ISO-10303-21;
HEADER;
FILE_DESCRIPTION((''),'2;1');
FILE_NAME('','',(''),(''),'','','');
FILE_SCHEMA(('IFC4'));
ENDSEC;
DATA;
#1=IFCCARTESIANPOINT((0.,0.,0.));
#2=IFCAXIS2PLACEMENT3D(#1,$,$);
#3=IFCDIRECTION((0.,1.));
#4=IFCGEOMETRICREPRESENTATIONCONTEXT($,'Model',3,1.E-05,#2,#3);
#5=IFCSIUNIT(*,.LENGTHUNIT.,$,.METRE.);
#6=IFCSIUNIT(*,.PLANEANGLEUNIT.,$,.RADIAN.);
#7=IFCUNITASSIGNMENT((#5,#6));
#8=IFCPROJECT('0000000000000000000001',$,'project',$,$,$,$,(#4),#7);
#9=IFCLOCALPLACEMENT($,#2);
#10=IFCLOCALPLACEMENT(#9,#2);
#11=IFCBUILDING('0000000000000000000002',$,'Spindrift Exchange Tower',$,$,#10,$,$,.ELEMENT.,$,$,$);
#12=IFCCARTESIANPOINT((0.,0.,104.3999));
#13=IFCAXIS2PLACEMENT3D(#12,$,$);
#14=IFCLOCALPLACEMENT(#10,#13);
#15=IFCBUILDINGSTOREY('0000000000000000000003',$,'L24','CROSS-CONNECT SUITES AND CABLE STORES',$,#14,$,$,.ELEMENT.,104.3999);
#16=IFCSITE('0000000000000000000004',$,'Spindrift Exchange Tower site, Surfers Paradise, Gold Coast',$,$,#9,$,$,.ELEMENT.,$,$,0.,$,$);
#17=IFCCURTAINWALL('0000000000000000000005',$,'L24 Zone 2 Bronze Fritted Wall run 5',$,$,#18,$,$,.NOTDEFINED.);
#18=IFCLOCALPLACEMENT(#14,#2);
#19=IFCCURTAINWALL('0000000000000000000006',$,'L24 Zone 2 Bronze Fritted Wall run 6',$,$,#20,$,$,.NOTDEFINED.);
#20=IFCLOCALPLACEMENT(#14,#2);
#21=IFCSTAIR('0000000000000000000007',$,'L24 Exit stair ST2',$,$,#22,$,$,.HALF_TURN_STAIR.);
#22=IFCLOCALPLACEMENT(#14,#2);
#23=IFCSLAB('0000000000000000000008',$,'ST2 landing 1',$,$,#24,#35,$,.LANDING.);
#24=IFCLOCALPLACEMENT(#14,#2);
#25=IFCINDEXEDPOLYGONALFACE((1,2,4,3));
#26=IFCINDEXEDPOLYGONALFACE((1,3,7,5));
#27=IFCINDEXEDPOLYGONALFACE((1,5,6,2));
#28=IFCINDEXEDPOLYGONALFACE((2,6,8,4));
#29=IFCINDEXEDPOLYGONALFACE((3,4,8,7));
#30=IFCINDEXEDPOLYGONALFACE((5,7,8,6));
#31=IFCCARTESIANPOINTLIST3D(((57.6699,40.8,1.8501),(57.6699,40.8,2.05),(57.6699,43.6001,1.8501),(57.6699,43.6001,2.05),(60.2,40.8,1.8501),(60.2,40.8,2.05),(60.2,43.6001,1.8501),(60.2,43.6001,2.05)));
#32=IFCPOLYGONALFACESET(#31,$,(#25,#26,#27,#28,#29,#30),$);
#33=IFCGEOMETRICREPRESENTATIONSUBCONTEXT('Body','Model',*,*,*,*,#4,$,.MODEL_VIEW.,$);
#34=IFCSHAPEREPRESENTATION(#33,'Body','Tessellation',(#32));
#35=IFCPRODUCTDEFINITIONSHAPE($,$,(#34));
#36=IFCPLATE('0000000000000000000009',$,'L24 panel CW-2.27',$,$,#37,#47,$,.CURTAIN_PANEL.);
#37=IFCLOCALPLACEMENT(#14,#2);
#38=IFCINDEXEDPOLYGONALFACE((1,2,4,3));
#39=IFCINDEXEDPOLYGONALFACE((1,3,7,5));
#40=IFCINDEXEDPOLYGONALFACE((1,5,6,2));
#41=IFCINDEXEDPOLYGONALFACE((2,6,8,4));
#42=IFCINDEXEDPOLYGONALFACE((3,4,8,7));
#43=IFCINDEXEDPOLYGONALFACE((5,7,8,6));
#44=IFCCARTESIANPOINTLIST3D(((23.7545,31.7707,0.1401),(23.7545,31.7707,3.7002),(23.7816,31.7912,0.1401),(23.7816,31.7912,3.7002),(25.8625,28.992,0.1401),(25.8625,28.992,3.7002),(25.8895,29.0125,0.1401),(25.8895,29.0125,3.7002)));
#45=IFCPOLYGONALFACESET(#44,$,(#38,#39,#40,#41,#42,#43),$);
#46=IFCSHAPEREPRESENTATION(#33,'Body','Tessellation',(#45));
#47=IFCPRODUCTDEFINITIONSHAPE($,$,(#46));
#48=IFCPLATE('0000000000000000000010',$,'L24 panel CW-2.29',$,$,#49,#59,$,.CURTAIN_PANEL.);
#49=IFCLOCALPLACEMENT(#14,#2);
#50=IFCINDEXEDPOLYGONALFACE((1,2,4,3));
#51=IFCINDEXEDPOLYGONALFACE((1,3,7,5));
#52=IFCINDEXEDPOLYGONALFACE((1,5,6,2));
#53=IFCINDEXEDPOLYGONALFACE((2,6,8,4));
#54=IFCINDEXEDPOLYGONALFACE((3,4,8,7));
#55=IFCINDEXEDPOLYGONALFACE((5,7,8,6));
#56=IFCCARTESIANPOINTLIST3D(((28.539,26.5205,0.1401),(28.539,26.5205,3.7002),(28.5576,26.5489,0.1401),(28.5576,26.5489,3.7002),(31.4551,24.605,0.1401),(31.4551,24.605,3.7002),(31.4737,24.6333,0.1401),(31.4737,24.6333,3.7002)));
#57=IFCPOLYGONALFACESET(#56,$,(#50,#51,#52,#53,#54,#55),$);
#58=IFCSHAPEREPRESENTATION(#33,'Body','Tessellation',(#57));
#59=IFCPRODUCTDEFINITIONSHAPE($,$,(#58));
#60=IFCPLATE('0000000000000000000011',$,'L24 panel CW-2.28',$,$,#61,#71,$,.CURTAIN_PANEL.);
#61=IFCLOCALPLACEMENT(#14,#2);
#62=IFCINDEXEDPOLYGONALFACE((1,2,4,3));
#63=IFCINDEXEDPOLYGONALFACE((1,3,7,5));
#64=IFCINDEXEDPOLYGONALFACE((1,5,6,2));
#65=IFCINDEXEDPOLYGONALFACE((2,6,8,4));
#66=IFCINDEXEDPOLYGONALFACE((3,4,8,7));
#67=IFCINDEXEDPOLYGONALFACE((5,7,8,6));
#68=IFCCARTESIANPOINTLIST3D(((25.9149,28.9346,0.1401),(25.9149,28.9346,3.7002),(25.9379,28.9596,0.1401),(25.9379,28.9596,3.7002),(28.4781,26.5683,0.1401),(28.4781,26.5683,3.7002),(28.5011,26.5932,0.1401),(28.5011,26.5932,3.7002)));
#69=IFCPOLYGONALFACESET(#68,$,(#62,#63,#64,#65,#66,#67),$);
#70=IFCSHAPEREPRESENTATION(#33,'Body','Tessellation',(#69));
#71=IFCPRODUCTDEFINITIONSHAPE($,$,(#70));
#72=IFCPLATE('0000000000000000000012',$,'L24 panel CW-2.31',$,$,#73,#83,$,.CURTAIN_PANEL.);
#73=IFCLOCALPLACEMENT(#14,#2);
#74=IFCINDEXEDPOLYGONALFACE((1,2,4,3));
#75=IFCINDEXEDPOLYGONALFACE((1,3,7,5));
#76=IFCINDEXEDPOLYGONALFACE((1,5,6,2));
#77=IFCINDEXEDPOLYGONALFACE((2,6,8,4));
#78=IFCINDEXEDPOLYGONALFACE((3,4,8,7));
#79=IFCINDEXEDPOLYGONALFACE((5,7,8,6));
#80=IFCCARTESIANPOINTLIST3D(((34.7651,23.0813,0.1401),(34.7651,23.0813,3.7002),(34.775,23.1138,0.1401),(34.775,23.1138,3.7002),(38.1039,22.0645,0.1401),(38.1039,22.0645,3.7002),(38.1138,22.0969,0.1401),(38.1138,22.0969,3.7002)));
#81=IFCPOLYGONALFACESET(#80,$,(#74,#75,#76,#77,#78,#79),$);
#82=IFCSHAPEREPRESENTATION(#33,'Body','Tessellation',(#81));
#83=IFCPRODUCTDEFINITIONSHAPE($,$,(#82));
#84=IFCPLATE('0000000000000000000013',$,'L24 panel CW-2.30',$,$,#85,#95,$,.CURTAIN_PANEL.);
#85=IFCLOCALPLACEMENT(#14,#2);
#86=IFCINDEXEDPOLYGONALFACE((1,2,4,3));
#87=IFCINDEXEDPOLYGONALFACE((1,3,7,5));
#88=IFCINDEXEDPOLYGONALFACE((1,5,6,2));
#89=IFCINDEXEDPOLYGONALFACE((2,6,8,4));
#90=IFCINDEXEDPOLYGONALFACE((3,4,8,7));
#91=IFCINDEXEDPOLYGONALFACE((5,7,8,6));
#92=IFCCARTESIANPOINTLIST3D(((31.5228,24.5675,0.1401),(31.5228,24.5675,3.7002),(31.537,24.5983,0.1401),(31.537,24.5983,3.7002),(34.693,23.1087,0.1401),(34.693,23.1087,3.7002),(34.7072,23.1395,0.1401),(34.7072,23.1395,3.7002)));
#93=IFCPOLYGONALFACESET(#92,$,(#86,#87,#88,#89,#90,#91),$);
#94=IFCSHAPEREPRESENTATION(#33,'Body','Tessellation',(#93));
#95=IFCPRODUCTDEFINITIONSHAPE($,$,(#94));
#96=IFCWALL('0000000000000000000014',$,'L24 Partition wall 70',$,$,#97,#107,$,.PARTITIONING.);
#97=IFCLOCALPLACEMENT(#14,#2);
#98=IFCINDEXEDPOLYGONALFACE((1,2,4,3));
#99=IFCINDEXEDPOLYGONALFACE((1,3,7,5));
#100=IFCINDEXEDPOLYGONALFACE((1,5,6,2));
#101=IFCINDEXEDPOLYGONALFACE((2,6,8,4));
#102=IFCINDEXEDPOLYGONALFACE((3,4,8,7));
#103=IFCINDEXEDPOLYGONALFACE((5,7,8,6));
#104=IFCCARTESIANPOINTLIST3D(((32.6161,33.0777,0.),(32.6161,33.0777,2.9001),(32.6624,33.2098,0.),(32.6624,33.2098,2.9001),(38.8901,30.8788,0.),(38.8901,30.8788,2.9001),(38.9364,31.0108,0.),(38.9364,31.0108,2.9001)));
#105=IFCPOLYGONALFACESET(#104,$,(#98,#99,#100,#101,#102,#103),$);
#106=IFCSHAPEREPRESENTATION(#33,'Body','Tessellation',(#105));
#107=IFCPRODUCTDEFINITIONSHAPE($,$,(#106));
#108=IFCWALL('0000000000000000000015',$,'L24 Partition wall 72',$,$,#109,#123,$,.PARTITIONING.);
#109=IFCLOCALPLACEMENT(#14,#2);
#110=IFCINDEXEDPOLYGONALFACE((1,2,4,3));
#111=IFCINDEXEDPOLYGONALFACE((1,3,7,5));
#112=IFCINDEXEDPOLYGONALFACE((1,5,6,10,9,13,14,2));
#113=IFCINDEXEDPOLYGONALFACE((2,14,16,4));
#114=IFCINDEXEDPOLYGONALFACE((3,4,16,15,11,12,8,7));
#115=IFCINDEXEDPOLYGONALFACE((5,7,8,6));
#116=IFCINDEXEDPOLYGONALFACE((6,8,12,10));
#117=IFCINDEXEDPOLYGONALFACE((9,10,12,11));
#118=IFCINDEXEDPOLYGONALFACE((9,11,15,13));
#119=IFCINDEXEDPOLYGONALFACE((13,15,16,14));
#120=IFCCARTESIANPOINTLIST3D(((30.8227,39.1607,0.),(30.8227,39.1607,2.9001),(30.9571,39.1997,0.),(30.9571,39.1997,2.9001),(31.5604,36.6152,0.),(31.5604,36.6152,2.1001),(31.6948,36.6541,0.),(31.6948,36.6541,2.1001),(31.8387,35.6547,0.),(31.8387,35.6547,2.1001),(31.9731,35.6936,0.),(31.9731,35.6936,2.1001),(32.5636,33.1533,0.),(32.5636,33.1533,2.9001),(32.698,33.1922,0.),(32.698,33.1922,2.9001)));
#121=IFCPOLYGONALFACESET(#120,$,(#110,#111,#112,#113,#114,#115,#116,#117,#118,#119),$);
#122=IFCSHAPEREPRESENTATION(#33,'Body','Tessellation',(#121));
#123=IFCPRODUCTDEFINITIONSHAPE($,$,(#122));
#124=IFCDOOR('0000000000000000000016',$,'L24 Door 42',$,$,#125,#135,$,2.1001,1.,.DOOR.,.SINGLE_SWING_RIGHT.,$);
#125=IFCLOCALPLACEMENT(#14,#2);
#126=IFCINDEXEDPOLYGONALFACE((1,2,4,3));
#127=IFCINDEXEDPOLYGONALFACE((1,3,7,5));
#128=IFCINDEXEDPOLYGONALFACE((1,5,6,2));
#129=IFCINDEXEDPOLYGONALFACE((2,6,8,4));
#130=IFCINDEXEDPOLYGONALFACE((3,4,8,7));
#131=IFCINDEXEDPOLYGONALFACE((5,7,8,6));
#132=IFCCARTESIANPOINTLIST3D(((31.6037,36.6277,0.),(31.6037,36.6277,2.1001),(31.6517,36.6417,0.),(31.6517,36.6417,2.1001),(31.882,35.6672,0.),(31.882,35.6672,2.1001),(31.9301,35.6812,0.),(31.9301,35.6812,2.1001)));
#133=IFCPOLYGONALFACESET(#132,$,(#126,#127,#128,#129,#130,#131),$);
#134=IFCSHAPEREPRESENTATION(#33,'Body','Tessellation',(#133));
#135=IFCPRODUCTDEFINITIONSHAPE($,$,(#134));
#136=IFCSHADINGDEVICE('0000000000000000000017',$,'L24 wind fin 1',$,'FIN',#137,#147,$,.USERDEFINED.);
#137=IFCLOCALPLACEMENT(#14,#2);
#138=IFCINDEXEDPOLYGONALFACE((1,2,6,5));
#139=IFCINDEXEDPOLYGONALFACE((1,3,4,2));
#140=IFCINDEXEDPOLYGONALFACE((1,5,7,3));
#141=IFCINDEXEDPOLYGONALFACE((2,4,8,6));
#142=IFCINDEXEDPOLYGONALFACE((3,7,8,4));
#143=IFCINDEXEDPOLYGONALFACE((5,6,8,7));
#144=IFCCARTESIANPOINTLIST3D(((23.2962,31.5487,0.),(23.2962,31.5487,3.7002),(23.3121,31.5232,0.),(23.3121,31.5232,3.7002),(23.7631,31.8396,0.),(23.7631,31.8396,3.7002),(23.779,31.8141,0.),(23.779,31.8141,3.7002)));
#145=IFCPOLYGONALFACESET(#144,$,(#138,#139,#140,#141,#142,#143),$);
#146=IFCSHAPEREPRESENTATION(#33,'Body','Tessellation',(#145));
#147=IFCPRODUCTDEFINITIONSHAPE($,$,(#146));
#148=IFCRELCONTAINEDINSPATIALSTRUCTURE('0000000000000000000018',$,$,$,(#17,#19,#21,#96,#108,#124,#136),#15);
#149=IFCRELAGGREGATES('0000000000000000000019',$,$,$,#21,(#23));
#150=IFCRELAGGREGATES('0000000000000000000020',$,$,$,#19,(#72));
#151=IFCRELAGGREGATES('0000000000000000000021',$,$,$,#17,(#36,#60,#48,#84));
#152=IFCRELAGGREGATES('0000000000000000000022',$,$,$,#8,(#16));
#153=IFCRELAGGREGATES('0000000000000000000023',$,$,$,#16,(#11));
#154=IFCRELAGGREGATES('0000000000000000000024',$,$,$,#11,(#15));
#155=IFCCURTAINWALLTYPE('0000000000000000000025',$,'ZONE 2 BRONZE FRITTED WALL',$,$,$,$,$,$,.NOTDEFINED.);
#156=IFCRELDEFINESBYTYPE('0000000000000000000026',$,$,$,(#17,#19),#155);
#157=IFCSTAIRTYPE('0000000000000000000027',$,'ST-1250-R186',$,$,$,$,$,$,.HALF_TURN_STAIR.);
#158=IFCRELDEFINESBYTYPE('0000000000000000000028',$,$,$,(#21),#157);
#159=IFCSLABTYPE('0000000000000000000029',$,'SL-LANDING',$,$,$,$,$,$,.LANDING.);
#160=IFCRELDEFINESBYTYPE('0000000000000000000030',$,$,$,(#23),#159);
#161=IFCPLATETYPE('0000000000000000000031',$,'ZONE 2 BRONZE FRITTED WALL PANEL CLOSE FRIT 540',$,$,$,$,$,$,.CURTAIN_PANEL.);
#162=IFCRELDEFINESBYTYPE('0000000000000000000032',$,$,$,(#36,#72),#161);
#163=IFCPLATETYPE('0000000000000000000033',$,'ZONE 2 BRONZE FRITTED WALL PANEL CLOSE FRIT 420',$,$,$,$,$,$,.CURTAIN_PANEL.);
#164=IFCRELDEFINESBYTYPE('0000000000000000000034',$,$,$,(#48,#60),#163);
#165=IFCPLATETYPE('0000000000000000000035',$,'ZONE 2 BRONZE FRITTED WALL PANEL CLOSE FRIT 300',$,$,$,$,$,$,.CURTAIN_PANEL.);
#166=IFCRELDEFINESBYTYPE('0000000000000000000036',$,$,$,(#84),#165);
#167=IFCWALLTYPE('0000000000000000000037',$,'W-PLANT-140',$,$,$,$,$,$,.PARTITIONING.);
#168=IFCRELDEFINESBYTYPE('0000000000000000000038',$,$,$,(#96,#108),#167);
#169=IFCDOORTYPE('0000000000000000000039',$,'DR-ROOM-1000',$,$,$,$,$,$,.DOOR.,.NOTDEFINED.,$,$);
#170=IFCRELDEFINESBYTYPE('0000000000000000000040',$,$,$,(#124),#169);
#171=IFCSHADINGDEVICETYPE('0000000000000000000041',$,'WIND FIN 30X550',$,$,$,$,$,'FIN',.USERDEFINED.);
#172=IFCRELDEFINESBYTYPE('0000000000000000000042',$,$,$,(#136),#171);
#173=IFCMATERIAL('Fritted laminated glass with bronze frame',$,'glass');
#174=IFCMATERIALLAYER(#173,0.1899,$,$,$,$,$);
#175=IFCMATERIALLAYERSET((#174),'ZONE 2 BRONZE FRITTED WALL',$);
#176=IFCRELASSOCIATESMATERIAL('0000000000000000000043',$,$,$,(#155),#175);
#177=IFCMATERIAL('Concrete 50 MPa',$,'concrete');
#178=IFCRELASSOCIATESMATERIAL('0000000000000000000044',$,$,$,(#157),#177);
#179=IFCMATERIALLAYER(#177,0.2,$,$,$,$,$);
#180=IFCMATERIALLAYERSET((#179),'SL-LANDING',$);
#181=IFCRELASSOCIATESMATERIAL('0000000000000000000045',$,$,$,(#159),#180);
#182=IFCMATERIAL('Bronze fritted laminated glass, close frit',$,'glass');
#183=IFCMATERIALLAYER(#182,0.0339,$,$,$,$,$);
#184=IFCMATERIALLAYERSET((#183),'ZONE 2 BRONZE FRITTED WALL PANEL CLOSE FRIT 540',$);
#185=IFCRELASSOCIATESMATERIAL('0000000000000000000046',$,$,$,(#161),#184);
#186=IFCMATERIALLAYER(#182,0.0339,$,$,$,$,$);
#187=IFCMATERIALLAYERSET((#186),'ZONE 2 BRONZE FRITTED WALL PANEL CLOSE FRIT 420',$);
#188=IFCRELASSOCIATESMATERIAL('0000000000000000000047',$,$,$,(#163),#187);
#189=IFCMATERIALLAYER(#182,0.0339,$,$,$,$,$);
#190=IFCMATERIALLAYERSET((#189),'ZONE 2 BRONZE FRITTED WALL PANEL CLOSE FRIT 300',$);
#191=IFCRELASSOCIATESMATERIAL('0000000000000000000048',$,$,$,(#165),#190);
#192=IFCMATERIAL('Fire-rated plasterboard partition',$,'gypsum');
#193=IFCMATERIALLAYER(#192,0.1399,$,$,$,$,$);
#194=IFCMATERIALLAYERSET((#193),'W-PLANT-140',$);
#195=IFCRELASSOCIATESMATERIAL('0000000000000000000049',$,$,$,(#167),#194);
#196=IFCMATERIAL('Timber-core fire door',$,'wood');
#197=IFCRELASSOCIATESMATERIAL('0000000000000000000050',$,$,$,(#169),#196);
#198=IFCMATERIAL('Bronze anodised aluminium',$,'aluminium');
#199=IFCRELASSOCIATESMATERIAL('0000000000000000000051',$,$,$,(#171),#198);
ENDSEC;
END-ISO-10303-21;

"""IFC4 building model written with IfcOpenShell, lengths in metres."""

from ifc_helpers import new_model, si_unit, direction, frame, frame_2d, origin, origin_2d, place, context, subcontext, project, spatial, line, indexed_curve, rectangle, outline, extrude, source, transform, mapped, material, layer, layer_set, material_profile, profile_set, type_object, element, fill, aggregate, save


model = new_model("IFC4")

# Units and contexts
model_context = context("Model", 3, precision=1e-05, world=origin(), true_north=direction((0.0, 1.0)))
body_context = subcontext(model_context, "Body", "Model", "MODEL_VIEW")
ifc_project = project(units=[si_unit("LENGTHUNIT", "METRE"), si_unit("PLANEANGLEUNIT", "RADIAN")], contexts=[model_context])

# Site, building, storey
site_placement = place(None, origin())
site = spatial("IfcSite", under=ifc_project, at=site_placement, Name="Spindrift Exchange Tower site, Surfers Paradise, Gold Coast", CompositionType="ELEMENT", RefElevation=0.0)
building_placement = place(site_placement, origin())
building = spatial("IfcBuilding", under=site, at=building_placement, Name="Spindrift Exchange Tower", CompositionType="ELEMENT")
storey_placement = place(building_placement, frame((0.0, 0.0, 104.3999)))
storey = spatial("IfcBuildingStorey", under=building, at=storey_placement, Name="L24", Description="CROSS-CONNECT SUITES AND CABLE STORES", CompositionType="ELEMENT", Elevation=104.3999)

# Curtain walls
ifc_material_1 = material(Name="Fritted laminated glass with bronze frame", Category="glass")
ifc_layer_1 = layer(ifc_material_1, 0.1899)
ifc_layer_set_1 = layer_set([ifc_layer_1], Name="ZONE 2 BRONZE FRITTED WALL")
curtain_wall_type = type_object("IfcCurtainWallType", Name="ZONE 2 BRONZE FRITTED WALL", PredefinedType="NOTDEFINED", material=ifc_layer_set_1)
curtain_wall_1_placement = place(storey_placement, origin())
curtain_wall_1 = element("IfcCurtainWall", 1, at=curtain_wall_1_placement, inside=storey, type_object=curtain_wall_type, Name="L24 Zone 2 Bronze Fritted Wall run 5", PredefinedType="NOTDEFINED")
ifc_material_2 = material(Name="Bronze anodised aluminium", Category="aluminium")
curtain_wall_2_placement = place(storey_placement, origin())
curtain_wall_2 = element("IfcCurtainWall", 2, at=curtain_wall_2_placement, inside=storey, type_object=curtain_wall_type, Name="L24 Zone 2 Bronze Fritted Wall run 6", PredefinedType="NOTDEFINED")

# Shared definitions
ifc_material_3 = material(Name="Concrete 50 MPa", Category="concrete")

# Stair, slab
stair_type = type_object("IfcStairType", Name="ST-1250-R186", PredefinedType="HALF_TURN_STAIR", material=ifc_material_3)
ifc_layer_2 = layer(ifc_material_3, 0.2)
ifc_layer_set_2 = layer_set([ifc_layer_2], Name="SL-LANDING")
slab_type_1 = type_object("IfcSlabType", Name="SL-LANDING", PredefinedType="LANDING", material=ifc_layer_set_2)
stair_1_placement = place(storey_placement, origin())
stair_1 = element("IfcStair", 3, at=stair_1_placement, inside=storey, type_object=stair_type, Name="L24 Exit stair ST2", PredefinedType="HALF_TURN_STAIR")
slab_1_placement = place(storey_placement, frame((0.0, 0.0, 1.8501)))
slab_1 = element("IfcSlab", 4, at=slab_1_placement, type_object=slab_type_1, Name="ST2 landing 1", PredefinedType="LANDING", context=body_context, shape_type="SweptSolid", body=[
    extrude(outline(indexed_curve([(57.6699, 43.6001), (60.2, 43.6001), (60.2, 40.8), (57.6699, 40.8)], segments=[line(1, 2, 3, 4, 1)], self_intersect=False)), origin(), (0.0, 0.0, 1.0), 0.2),
])
aggregate(stair_1, [slab_1])

# Plates
ifc_material_4 = material(Name="Bronze fritted laminated glass, close frit", Category="glass")
ifc_layer_3 = layer(ifc_material_4, 0.0339)
ifc_layer_set_3 = layer_set([ifc_layer_3], Name="ZONE 2 BRONZE FRITTED WALL PANEL CLOSE FRIT 540")
plate_type_1 = type_object("IfcPlateType", Name="ZONE 2 BRONZE FRITTED WALL PANEL CLOSE FRIT 540", PredefinedType="CURTAIN_PANEL", material=ifc_layer_set_3)
shared_shape_1 = source(origin(), body_context, "Body", "SweptSolid", [
    extrude(rectangle(XDim=3.4878, YDim=0.0339, at=origin_2d()), origin(), (0.0, 0.0, 1.0), 3.5601),
])
plate_1_placement = place(storey_placement, frame((24.822, 30.3916, 0.1401), z_axis=(0.0, 0.0, 1.0), x_axis=(0.604378, -0.796698, 0.0)))
plate_1 = element("IfcPlate", 5, at=plate_1_placement, type_object=plate_type_1, Name="L24 panel CW-2.27", PredefinedType="CURTAIN_PANEL", context=body_context, shape_type="MappedRepresentation", body=[
    mapped(shared_shape_1, transform((0.0, 0.0, 0.0), scale=1.0)),
])
ifc_layer_4 = layer(ifc_material_4, 0.0339)
ifc_layer_set_4 = layer_set([ifc_layer_4], Name="ZONE 2 BRONZE FRITTED WALL PANEL CLOSE FRIT 420")
plate_type_2 = type_object("IfcPlateType", Name="ZONE 2 BRONZE FRITTED WALL PANEL CLOSE FRIT 420", PredefinedType="CURTAIN_PANEL", material=ifc_layer_set_4)
shared_shape_2 = source(origin(), body_context, "Body", "SweptSolid", [
    extrude(rectangle(XDim=3.489, YDim=0.0339, at=origin_2d()), origin(), (0.0, 0.0, 1.0), 3.5601),
])
plate_2_placement = place(storey_placement, frame((30.0063, 25.5769, 0.1401), z_axis=(0.0, 0.0, 1.0), x_axis=(0.835808, -0.549021, 0.0)))
plate_2 = element("IfcPlate", 6, at=plate_2_placement, type_object=plate_type_2, Name="L24 panel CW-2.29", PredefinedType="CURTAIN_PANEL", context=body_context, shape_type="MappedRepresentation", body=[
    mapped(shared_shape_2, transform((0.0, 0.0, 0.0), scale=1.0)),
])
shared_shape_3 = source(origin(), body_context, "Body", "SweptSolid", [
    extrude(rectangle(XDim=3.4885, YDim=0.0339, at=origin_2d()), origin(), (0.0, 0.0, 1.0), 3.5601),
])
plate_3_placement = place(storey_placement, frame((27.208, 27.7639, 0.1401), z_axis=(0.0, 0.0, 1.0), x_axis=(0.734761, -0.678326, 0.0)))
plate_3 = element("IfcPlate", 7, at=plate_3_placement, type_object=plate_type_2, Name="L24 panel CW-2.28", PredefinedType="CURTAIN_PANEL", context=body_context, shape_type="MappedRepresentation", body=[
    mapped(shared_shape_3, transform((0.0, 0.0, 0.0), scale=1.0)),
])
shared_shape_4 = source(origin(), body_context, "Body", "SweptSolid", [
    extrude(rectangle(XDim=3.4902, YDim=0.0339, at=origin_2d()), origin(), (0.0, 0.0, 1.0), 3.5601),
])
plate_4_placement = place(storey_placement, frame((36.4395, 22.5891, 0.1401), z_axis=(0.0, 0.0, 1.0), x_axis=(0.95662, -0.291338, 0.0)))
plate_4 = element("IfcPlate", 8, at=plate_4_placement, type_object=plate_type_1, Name="L24 panel CW-2.31", PredefinedType="CURTAIN_PANEL", context=body_context, shape_type="MappedRepresentation", body=[
    mapped(shared_shape_4, transform((0.0, 0.0, 0.0), scale=1.0)),
])
aggregate(curtain_wall_2, [plate_4])
ifc_layer_5 = layer(ifc_material_4, 0.0339)
ifc_layer_set_5 = layer_set([ifc_layer_5], Name="ZONE 2 BRONZE FRITTED WALL PANEL CLOSE FRIT 300")
plate_type_3 = type_object("IfcPlateType", Name="ZONE 2 BRONZE FRITTED WALL PANEL CLOSE FRIT 300", PredefinedType="CURTAIN_PANEL", material=ifc_layer_set_5)
shared_shape_5 = source(origin(), body_context, "Body", "SweptSolid", [
    extrude(rectangle(XDim=3.4897, YDim=0.0339, at=origin_2d()), origin(), (0.0, 0.0, 1.0), 3.5601),
])
plate_5_placement = place(storey_placement, frame((33.115, 23.8535, 0.1401), z_axis=(0.0, 0.0, 1.0), x_axis=(0.908433, -0.41803, 0.0)))
plate_5 = element("IfcPlate", 9, at=plate_5_placement, type_object=plate_type_3, Name="L24 panel CW-2.30", PredefinedType="CURTAIN_PANEL", context=body_context, shape_type="MappedRepresentation", body=[
    mapped(shared_shape_5, transform((0.0, 0.0, 0.0), scale=1.0)),
])
aggregate(curtain_wall_1, [plate_1, plate_3, plate_2, plate_5])

# Wall
ifc_material_5 = material(Name="Fire-rated plasterboard partition", Category="gypsum")
ifc_layer_6 = layer(ifc_material_5, 0.1399)
ifc_layer_set_6 = layer_set([ifc_layer_6], Name="W-PLANT-140")
wall_type = type_object("IfcWallType", Name="W-PLANT-140", PredefinedType="PARTITIONING", material=ifc_layer_set_6)
wall_1_placement = place(storey_placement, frame((32.6392, 33.1438, 0.0), z_axis=(0.0, 0.0, 1.0), x_axis=(0.943713, -0.330766, 0.0)))
element("IfcWall", 10, at=wall_1_placement, inside=storey, type_object=wall_type, Name="L24 Partition wall 70", PredefinedType="PARTITIONING", context=body_context, shape_type="SweptSolid", body=[
    extrude(rectangle(XDim=6.6482, YDim=0.1399, at=frame_2d((3.3242, 0.0))), origin(), (0.0, 0.0, 1.0), 2.9001),
])

# Wall, opening, door
wall_2_placement = place(storey_placement, frame((32.6309, 33.1726, 0.0), z_axis=(0.0, 0.0, 1.0), x_axis=(-0.278343, 0.960482, 0.0)))
wall_2 = element("IfcWall", 11, at=wall_2_placement, inside=storey, type_object=wall_type, Name="L24 Partition wall 72", PredefinedType="PARTITIONING", context=body_context, shape_type="SweptSolid", body=[
    extrude(rectangle(XDim=6.2546, YDim=0.1399, at=frame_2d((3.1274, 0.0))), origin(), (0.0, 0.0, 1.0), 2.9001),
])
opening_placement = place(wall_2_placement, frame((2.6045, 0.0, 0.0)))
opening = element("IfcOpeningElement", 12, at=opening_placement, cuts=wall_2, PredefinedType="OPENING", context=body_context, shape_type="SweptSolid", body=[
    extrude(rectangle(XDim=1.0, YDim=2.1001, at=frame_2d((0.5, 1.05))), frame((0.0, 0.0798, 0.0), z_axis=(0.0, -1.0, 0.0), x_axis=(1.0, 0.0, 0.0)), (0.0, 0.0, 1.0), 0.1599),
])
ifc_material_6 = material(Name="Timber-core fire door", Category="wood")
door_type = type_object("IfcDoorType", Name="DR-ROOM-1000", OperationType="NOTDEFINED", PredefinedType="DOOR", material=ifc_material_6)
shared_shape_6 = source(origin(), body_context, "Body", "SweptSolid", [
    extrude(rectangle(XDim=1.0, YDim=2.1001, at=frame_2d((0.5, 1.05))), frame((0.0, 0.0249, 0.0), z_axis=(0.0, -1.0, 0.0), x_axis=(1.0, 0.0, 0.0)), (0.0, 0.0, 1.0), 0.05),
])
door_placement = place(opening_placement, origin())
door = element("IfcDoor", 13, at=door_placement, inside=storey, type_object=door_type, Name="L24 Door 42", OperationType="SINGLE_SWING_RIGHT", OverallHeight=2.1001, OverallWidth=1.0, PredefinedType="DOOR", context=body_context, shape_type="MappedRepresentation", body=[
    mapped(shared_shape_6, transform((0.0, 0.0, 0.0), scale=1.0)),
])
fill(opening, door)

# Shading device
ifc_material_profile_1 = material_profile(ifc_material_2, rectangle(XDim=0.03, YDim=0.55, at=origin_2d()), Name="WIND FIN 30X550")
ifc_profile_set_1 = profile_set([ifc_material_profile_1], Name="Bronze anodised aluminium")
shading_device_type = type_object("IfcShadingDeviceType", Name="WIND FIN 30X550", ElementType="FIN", PredefinedType="USERDEFINED", material=ifc_profile_set_1)
shared_shape_7 = source(origin(), body_context, "Body", "SweptSolid", [
    extrude(rectangle(XDim=0.03, YDim=0.55, at=origin_2d()), origin(), (0.0, 0.0, 1.0), 3.7002),
])
shading_device_placement = place(storey_placement, frame((23.5376, 31.6814, 0.0), z_axis=(0.0, 0.0, 1.0), x_axis=(0.528877, -0.848699, 0.0)))
element("IfcShadingDevice", 14, at=shading_device_placement, inside=storey, type_object=shading_device_type, Name="L24 wind fin 1", ObjectType="FIN", PredefinedType="USERDEFINED", context=body_context, shape_type="MappedRepresentation", body=[
    mapped(shared_shape_7, transform((0.0, 0.0, 0.0), scale=1.0)),
])

save(model, "model.ifc")
